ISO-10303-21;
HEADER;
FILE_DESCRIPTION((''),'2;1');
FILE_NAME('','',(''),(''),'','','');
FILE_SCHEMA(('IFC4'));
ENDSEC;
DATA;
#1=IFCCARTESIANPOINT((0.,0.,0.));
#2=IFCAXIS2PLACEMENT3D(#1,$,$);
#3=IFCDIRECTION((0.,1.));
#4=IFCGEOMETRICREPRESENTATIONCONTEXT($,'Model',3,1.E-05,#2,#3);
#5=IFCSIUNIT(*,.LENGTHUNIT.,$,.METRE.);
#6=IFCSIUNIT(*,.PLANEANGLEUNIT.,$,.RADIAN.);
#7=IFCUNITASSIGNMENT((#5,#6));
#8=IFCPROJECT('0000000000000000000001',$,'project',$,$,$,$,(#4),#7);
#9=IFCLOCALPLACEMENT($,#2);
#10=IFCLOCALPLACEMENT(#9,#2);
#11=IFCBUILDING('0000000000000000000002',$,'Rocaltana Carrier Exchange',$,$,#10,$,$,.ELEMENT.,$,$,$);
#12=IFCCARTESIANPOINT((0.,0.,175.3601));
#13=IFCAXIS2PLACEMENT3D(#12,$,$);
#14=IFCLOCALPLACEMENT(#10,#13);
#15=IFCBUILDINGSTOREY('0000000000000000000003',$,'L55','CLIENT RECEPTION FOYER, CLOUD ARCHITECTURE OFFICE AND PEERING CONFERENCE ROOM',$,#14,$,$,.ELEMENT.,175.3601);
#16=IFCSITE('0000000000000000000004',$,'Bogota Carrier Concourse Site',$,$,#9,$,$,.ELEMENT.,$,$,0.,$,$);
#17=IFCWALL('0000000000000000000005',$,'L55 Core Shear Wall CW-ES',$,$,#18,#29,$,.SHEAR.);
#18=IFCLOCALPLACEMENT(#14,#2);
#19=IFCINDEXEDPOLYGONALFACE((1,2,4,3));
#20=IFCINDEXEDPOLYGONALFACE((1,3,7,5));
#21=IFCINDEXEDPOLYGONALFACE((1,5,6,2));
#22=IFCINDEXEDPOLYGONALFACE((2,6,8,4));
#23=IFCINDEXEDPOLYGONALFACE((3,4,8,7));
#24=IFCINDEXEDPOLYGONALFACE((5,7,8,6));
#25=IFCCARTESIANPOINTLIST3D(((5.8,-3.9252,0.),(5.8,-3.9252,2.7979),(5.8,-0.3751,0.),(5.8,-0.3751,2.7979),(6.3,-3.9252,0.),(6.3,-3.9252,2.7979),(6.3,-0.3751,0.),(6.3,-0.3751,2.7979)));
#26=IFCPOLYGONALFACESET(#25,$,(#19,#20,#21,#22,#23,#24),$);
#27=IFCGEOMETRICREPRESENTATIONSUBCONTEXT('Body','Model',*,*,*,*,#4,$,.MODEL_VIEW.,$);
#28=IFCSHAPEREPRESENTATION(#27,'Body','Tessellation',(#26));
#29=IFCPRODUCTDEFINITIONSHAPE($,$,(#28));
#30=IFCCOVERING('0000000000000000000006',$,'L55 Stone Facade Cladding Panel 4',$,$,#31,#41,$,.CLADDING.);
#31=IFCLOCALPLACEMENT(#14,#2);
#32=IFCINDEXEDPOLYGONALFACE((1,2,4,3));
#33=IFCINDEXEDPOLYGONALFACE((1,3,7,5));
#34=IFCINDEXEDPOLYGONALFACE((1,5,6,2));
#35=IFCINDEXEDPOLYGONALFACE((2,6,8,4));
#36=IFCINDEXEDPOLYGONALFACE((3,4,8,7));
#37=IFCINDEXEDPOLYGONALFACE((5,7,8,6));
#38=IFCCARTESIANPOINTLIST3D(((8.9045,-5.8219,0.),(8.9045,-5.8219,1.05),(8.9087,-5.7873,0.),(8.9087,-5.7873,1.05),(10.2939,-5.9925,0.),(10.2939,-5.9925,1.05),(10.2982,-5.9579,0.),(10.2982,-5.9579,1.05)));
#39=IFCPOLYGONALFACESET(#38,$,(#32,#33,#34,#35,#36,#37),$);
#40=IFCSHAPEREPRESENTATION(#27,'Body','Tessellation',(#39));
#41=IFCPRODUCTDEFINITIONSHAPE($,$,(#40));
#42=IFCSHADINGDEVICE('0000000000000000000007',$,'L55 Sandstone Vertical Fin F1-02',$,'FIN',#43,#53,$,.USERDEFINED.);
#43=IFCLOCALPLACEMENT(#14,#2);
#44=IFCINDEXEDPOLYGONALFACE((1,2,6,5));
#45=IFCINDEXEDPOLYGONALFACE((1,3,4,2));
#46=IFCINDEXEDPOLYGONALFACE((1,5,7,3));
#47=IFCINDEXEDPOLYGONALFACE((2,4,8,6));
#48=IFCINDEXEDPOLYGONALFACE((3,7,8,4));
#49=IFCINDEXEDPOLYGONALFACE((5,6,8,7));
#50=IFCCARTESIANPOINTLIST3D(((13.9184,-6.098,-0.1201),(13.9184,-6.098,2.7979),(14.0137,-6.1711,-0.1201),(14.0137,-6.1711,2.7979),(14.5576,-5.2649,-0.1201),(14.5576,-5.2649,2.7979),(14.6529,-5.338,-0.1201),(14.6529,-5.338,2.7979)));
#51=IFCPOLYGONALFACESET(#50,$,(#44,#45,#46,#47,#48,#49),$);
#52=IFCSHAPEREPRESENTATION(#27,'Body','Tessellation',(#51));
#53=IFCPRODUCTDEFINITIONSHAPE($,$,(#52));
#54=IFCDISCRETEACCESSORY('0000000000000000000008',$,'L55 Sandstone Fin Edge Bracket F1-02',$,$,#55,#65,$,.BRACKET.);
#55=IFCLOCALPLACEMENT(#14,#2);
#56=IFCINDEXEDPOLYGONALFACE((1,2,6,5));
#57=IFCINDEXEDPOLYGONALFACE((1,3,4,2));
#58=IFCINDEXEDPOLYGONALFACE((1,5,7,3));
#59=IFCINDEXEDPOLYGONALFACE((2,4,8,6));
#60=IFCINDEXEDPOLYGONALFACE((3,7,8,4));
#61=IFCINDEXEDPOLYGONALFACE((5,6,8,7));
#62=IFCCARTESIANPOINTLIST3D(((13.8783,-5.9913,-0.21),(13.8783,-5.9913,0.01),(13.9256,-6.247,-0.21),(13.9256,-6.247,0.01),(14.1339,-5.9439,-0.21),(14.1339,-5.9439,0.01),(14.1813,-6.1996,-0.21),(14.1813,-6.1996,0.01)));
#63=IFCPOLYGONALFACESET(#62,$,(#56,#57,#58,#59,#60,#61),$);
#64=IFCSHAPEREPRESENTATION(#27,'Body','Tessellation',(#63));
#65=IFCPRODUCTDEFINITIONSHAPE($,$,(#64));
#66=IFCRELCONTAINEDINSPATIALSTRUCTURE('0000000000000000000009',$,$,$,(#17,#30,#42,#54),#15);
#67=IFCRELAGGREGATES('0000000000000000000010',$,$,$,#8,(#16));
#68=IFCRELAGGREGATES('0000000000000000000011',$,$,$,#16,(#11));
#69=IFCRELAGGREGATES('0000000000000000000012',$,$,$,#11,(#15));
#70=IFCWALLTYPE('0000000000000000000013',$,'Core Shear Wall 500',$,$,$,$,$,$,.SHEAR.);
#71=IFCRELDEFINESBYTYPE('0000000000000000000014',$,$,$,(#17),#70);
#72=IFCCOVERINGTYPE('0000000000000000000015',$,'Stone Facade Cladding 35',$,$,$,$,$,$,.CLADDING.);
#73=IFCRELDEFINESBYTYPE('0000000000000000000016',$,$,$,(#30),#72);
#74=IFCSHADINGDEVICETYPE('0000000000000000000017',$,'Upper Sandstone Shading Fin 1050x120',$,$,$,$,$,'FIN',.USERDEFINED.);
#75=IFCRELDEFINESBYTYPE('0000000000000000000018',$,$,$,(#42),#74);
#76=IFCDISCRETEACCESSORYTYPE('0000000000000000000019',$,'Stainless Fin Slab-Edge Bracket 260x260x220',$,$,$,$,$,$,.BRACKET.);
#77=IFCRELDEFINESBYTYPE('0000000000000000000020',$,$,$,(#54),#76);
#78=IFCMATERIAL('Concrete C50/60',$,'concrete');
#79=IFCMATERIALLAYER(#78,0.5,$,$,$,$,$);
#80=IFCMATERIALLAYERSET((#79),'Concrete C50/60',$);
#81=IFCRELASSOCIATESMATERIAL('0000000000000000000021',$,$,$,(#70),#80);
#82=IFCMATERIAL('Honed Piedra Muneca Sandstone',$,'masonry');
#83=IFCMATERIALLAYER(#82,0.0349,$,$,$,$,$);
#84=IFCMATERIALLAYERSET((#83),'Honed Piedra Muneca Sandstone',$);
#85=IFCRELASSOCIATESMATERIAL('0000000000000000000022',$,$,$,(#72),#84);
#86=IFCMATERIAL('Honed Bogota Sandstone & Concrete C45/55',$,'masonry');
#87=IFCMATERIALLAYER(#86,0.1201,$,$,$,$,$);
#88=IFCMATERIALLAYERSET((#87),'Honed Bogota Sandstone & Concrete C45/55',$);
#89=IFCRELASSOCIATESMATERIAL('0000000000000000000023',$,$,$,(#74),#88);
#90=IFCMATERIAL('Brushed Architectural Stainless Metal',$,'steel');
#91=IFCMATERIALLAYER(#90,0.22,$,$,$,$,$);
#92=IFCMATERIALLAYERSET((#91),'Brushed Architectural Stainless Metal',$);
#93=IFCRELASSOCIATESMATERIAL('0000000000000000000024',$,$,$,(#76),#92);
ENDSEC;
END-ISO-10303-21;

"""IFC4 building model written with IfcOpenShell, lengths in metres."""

from ifc_helpers import new_model, si_unit, direction, frame, frame_2d, origin, origin_2d, place, context, subcontext, project, spatial, rectangle, extrude, material, layer, layer_set, type_object, element, save


model = new_model("IFC4")

# Units and contexts
model_context = context("Model", 3, precision=1e-05, world=origin(), true_north=direction((0.0, 1.0)))
body_context = subcontext(model_context, "Body", "Model", "MODEL_VIEW")
ifc_project = project(units=[si_unit("LENGTHUNIT", "METRE"), si_unit("PLANEANGLEUNIT", "RADIAN")], contexts=[model_context])

# Site, building, storey
site_placement = place(None, origin())
site = spatial("IfcSite", under=ifc_project, at=site_placement, Name="Bogota Carrier Concourse Site", CompositionType="ELEMENT", RefElevation=0.0)
building_placement = place(site_placement, origin())
building = spatial("IfcBuilding", under=site, at=building_placement, Name="Rocaltana Carrier Exchange", CompositionType="ELEMENT")
storey_placement = place(building_placement, frame((0.0, 0.0, 175.3601)))
storey = spatial("IfcBuildingStorey", under=building, at=storey_placement, Name="L55", Description="CLIENT RECEPTION FOYER, CLOUD ARCHITECTURE OFFICE AND PEERING CONFERENCE ROOM", CompositionType="ELEMENT", Elevation=175.3601)

# Wall
ifc_material_1 = material(Name="Concrete C50/60", Category="concrete")
ifc_layer_1 = layer(ifc_material_1, 0.5)
ifc_layer_set_1 = layer_set([ifc_layer_1], Name="Concrete C50/60")
wall_type = type_object("IfcWallType", Name="Core Shear Wall 500", PredefinedType="SHEAR", material=ifc_layer_set_1)
wall_placement = place(storey_placement, frame((6.05, -3.925, 0.0), z_axis=(0.0, 0.0, 1.0), x_axis=(0.0, 1.0, 0.0)))
element("IfcWall", 1, at=wall_placement, inside=storey, type_object=wall_type, Name="L55 Core Shear Wall CW-ES", PredefinedType="SHEAR", context=body_context, shape_type="SweptSolid", body=[
    extrude(rectangle(XDim=3.55, YDim=0.5, at=frame_2d((1.7749, 0.0))), origin(), (0.0, 0.0, 1.0), 2.7979),
])

# Covering
ifc_material_2 = material(Name="Honed Piedra Muneca Sandstone", Category="masonry")
ifc_layer_2 = layer(ifc_material_2, 0.0349)
ifc_layer_set_2 = layer_set([ifc_layer_2], Name="Honed Piedra Muneca Sandstone")
covering_type = type_object("IfcCoveringType", Name="Stone Facade Cladding 35", PredefinedType="CLADDING", material=ifc_layer_set_2)
covering_placement = place(storey_placement, frame((9.6013, -5.8899, 0.0), z_axis=(0.0, 0.0, 1.0), x_axis=(-0.992546, 0.121869, 0.0)))
element("IfcCovering", 2, at=covering_placement, inside=storey, type_object=covering_type, Name="L55 Stone Facade Cladding Panel 4", PredefinedType="CLADDING", context=body_context, shape_type="SweptSolid", body=[
    extrude(rectangle(XDim=1.3999, YDim=0.0349, at=origin_2d()), origin(), (0.0, 0.0, 1.0), 1.05),
])

# Shading device
ifc_material_3 = material(Name="Honed Bogota Sandstone & Concrete C45/55", Category="masonry")
ifc_layer_3 = layer(ifc_material_3, 0.1201)
ifc_layer_set_3 = layer_set([ifc_layer_3], Name="Honed Bogota Sandstone & Concrete C45/55")
shading_device_type = type_object("IfcShadingDeviceType", Name="Upper Sandstone Shading Fin 1050x120", ElementType="FIN", PredefinedType="USERDEFINED", material=ifc_layer_set_3)
shading_device_placement = place(storey_placement, frame((14.2856, -5.718, -0.1201), z_axis=(0.0, 0.0, 1.0), x_axis=(0.608761, 0.793353, 0.0)))
element("IfcShadingDevice", 3, at=shading_device_placement, inside=storey, type_object=shading_device_type, Name="L55 Sandstone Vertical Fin F1-02", ObjectType="FIN", PredefinedType="USERDEFINED", context=body_context, shape_type="SweptSolid", body=[
    extrude(rectangle(XDim=1.05, YDim=0.1201, at=origin_2d()), origin(), (0.0, 0.0, 1.0), 2.918),
])

# Discrete accessory
ifc_material_4 = material(Name="Brushed Architectural Stainless Metal", Category="steel")
ifc_layer_4 = layer(ifc_material_4, 0.22)
ifc_layer_set_4 = layer_set([ifc_layer_4], Name="Brushed Architectural Stainless Metal")
discrete_accessory_type = type_object("IfcDiscreteAccessoryType", Name="Stainless Fin Slab-Edge Bracket 260x260x220", PredefinedType="BRACKET", material=ifc_layer_set_4)
discrete_accessory_placement = place(storey_placement, frame((14.0298, -6.0955, -0.21), z_axis=(0.0, 0.0, 1.0), x_axis=(-0.182236, 0.983255, 0.0)))
element("IfcDiscreteAccessory", 4, at=discrete_accessory_placement, inside=storey, type_object=discrete_accessory_type, Name="L55 Sandstone Fin Edge Bracket F1-02", PredefinedType="BRACKET", context=body_context, shape_type="SweptSolid", body=[
    extrude(rectangle(XDim=0.26, YDim=0.26, at=origin_2d()), origin(), (0.0, 0.0, 1.0), 0.22),
])

save(model, "model.ifc")
